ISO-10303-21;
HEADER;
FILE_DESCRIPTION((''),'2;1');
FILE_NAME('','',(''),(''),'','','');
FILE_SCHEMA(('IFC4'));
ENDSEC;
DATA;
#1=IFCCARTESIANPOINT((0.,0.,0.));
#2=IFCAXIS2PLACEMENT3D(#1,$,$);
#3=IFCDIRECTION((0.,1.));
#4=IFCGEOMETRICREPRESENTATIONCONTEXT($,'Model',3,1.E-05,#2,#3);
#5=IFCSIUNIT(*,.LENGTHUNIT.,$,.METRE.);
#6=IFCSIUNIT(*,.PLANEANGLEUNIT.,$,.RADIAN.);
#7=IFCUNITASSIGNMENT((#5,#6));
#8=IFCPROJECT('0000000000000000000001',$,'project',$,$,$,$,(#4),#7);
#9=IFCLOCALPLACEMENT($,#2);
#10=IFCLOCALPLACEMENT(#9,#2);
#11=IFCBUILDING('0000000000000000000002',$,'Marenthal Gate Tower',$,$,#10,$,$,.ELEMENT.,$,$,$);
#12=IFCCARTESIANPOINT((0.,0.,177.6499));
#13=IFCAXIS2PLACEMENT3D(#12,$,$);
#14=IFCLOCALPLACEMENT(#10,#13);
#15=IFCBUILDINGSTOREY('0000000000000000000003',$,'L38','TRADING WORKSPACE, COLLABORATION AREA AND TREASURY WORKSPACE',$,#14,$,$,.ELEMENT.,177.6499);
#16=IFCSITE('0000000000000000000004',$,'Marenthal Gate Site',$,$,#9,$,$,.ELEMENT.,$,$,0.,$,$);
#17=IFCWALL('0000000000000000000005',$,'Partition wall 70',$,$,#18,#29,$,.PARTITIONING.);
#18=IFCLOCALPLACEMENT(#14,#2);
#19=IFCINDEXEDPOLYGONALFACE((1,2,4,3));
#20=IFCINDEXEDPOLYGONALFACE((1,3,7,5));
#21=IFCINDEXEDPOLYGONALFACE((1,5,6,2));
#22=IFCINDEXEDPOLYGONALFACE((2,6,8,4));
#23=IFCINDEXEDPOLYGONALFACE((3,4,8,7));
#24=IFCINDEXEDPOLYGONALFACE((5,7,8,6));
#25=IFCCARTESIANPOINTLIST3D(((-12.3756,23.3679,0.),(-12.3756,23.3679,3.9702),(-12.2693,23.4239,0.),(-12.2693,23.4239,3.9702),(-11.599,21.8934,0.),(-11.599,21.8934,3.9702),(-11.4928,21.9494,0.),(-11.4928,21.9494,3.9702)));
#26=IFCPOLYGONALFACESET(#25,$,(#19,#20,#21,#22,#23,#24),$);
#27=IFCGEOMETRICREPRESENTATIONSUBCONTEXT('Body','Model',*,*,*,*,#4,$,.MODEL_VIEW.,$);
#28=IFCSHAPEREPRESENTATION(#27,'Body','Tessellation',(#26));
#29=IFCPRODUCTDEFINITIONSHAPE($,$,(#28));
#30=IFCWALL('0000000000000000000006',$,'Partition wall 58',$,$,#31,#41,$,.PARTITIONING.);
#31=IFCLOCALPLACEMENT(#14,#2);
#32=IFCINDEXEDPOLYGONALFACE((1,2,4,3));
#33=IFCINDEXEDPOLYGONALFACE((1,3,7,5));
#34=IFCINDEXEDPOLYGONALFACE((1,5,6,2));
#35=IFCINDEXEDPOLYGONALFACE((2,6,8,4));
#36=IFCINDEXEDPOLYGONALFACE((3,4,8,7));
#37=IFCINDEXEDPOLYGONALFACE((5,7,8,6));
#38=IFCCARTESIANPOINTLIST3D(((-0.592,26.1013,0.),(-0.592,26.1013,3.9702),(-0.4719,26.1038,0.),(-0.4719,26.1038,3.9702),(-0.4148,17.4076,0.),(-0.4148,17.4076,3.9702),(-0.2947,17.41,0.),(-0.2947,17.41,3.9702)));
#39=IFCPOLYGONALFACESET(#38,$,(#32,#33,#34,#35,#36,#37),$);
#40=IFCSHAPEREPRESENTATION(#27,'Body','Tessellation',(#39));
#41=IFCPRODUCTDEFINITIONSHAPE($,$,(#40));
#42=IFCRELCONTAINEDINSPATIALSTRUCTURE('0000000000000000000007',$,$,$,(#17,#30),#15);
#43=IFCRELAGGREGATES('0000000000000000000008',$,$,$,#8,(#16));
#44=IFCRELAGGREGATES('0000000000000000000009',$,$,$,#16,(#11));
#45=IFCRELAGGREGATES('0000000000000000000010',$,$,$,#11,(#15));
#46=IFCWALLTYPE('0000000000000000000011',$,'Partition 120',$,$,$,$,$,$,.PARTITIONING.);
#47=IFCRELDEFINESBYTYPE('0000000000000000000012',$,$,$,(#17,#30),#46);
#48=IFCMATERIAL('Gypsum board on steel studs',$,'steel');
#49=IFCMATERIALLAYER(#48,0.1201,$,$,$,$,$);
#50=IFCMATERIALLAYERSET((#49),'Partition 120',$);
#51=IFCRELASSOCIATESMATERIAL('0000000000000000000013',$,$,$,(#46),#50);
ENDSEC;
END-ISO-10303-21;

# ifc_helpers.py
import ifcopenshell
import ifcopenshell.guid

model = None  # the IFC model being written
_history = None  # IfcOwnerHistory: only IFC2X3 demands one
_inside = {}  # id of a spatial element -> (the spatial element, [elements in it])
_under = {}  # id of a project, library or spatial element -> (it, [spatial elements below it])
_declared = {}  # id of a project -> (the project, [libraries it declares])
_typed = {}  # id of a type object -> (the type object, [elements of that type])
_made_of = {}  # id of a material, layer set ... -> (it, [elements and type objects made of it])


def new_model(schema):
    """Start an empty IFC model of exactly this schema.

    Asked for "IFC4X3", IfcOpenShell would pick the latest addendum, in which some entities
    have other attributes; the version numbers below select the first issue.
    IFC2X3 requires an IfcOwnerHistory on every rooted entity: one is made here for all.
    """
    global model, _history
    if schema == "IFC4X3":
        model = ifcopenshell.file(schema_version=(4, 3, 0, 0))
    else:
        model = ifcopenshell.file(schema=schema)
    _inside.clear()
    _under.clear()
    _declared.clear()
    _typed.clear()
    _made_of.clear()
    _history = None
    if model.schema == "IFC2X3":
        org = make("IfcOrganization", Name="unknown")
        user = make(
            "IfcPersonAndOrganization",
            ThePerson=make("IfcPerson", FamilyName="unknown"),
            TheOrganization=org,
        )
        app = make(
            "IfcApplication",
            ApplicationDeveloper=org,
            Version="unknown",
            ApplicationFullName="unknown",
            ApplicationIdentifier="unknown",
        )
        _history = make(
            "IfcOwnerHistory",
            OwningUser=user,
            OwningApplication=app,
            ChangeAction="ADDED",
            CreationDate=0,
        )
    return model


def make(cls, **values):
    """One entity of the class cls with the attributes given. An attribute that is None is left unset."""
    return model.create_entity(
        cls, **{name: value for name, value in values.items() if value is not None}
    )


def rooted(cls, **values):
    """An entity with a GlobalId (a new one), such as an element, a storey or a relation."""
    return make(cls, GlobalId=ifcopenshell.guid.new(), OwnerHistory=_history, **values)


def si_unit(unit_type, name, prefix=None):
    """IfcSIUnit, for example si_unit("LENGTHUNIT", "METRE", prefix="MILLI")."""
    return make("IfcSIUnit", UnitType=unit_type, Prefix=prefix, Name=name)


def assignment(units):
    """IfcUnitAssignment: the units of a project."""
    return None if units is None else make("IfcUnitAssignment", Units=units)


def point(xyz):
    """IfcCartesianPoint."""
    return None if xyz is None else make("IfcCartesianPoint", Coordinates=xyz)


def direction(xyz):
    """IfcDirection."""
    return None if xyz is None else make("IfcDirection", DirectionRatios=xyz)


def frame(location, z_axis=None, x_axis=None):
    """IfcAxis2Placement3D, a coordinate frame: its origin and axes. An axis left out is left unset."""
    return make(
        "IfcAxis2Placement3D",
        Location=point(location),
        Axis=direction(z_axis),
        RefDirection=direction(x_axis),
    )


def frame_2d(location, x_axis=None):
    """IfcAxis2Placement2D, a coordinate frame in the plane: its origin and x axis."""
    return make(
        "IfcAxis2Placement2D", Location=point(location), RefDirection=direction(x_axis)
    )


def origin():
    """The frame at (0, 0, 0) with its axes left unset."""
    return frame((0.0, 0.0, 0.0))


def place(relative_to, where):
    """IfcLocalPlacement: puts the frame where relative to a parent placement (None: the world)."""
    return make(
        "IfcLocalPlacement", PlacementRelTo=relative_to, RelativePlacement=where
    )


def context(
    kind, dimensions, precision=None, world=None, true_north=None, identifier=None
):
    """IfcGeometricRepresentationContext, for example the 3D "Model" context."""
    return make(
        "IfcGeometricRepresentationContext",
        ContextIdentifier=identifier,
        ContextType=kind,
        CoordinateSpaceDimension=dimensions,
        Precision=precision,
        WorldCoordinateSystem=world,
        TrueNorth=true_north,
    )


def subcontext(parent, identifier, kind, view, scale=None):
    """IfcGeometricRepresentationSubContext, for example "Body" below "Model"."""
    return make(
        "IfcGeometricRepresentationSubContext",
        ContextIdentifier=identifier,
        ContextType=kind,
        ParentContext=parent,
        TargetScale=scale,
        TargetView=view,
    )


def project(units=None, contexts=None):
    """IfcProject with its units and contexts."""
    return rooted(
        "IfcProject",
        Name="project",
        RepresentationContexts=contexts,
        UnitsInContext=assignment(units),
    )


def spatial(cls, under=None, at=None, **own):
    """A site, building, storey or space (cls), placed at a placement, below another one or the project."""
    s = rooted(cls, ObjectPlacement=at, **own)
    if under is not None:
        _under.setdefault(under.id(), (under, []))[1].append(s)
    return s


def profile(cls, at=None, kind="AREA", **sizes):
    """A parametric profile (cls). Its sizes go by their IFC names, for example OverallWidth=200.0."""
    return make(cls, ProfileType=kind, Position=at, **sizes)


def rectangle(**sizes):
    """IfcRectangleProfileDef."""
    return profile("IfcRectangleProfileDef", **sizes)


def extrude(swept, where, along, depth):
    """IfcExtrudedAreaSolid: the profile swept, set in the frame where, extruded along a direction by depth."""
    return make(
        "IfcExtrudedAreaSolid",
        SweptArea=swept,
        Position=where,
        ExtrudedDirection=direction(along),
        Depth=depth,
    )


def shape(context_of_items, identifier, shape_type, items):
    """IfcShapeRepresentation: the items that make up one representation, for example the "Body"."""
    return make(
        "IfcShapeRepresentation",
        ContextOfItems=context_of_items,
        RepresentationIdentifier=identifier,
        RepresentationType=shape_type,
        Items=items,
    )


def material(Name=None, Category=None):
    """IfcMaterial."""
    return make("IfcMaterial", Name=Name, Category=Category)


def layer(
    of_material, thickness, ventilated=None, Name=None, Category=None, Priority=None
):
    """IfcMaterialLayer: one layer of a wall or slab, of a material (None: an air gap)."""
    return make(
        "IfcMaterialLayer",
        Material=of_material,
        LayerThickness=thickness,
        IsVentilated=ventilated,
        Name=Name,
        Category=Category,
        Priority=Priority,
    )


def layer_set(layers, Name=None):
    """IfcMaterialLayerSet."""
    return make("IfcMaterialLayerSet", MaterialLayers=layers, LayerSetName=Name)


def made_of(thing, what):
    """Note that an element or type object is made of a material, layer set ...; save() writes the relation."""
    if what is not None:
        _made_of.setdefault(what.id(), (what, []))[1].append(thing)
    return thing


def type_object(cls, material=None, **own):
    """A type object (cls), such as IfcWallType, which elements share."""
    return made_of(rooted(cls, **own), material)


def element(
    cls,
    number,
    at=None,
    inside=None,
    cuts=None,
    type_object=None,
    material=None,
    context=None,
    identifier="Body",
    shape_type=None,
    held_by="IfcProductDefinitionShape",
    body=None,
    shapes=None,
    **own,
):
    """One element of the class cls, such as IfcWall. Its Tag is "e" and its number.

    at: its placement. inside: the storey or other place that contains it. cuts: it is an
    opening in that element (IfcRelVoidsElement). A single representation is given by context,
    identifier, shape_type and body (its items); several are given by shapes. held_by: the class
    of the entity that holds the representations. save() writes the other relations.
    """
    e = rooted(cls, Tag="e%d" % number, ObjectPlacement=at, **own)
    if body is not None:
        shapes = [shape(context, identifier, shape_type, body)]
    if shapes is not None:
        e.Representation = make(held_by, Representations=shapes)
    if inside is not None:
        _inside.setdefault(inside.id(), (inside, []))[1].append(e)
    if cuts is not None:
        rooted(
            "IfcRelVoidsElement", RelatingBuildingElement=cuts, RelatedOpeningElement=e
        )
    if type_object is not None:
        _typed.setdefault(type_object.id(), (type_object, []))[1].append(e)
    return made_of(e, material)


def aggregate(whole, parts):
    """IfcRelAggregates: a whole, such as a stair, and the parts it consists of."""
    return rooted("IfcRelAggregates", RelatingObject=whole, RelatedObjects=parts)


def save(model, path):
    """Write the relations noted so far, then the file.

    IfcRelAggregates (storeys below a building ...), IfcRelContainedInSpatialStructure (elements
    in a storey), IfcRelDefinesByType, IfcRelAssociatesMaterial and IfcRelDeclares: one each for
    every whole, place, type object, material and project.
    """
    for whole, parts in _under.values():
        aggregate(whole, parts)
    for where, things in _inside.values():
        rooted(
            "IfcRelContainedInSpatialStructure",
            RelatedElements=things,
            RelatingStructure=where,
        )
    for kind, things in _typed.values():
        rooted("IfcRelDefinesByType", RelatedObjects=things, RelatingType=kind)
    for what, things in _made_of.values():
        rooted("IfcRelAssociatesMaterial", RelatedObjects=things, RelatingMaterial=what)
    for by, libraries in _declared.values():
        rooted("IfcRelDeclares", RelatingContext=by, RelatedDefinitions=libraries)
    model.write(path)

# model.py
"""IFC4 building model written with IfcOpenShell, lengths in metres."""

from ifc_helpers import new_model, si_unit, direction, frame, frame_2d, origin, place, context, subcontext, project, spatial, rectangle, extrude, material, layer, layer_set, type_object, element, save


model = new_model("IFC4")

# Units and contexts
model_context = context("Model", 3, precision=1e-05, world=origin(), true_north=direction((0.0, 1.0)))
body_context = subcontext(model_context, "Body", "Model", "MODEL_VIEW")
ifc_project = project(units=[si_unit("LENGTHUNIT", "METRE"), si_unit("PLANEANGLEUNIT", "RADIAN")], contexts=[model_context])

# Site, building, storey
site_placement = place(None, origin())
site = spatial("IfcSite", under=ifc_project, at=site_placement, Name="Marenthal Gate Site", CompositionType="ELEMENT", RefElevation=0.0)
building_placement = place(site_placement, origin())
building = spatial("IfcBuilding", under=site, at=building_placement, Name="Marenthal Gate Tower", CompositionType="ELEMENT")
storey_placement = place(building_placement, frame((0.0, 0.0, 177.6499)))
storey = spatial("IfcBuildingStorey", under=building, at=storey_placement, Name="L38", Description="TRADING WORKSPACE, COLLABORATION AREA AND TREASURY WORKSPACE", CompositionType="ELEMENT", Elevation=177.6499)

# Walls
ifc_material_1 = material(Name="Gypsum board on steel studs", Category="steel")
ifc_layer_1 = layer(ifc_material_1, 0.1201)
ifc_layer_set_1 = layer_set([ifc_layer_1], Name="Partition 120")
wall_type = type_object("IfcWallType", Name="Partition 120", PredefinedType="PARTITIONING", material=ifc_layer_set_1)
wall_1_placement = place(storey_placement, frame((-11.5459, 21.9214, 0.0), z_axis=(0.0, 0.0, 1.0), x_axis=(-0.465982, 0.884794, 0.0)))
element("IfcWall", 1, at=wall_1_placement, inside=storey, type_object=wall_type, Name="Partition wall 70", PredefinedType="PARTITIONING", context=body_context, shape_type="SweptSolid", body=[
    extrude(rectangle(XDim=1.6665, YDim=0.1201, at=frame_2d((0.8333, 0.0))), origin(), (0.0, 0.0, 1.0), 3.9702),
])
wall_2_placement = place(storey_placement, frame((-0.3547, 17.4089, 0.0), z_axis=(0.0, 0.0, 1.0), x_axis=(-0.020383, 0.999792, 0.0)))
element("IfcWall", 2, at=wall_2_placement, inside=storey, type_object=wall_type, Name="Partition wall 58", PredefinedType="PARTITIONING", context=body_context, shape_type="SweptSolid", body=[
    extrude(rectangle(XDim=8.6956, YDim=0.1201, at=frame_2d((4.3477, 0.0))), origin(), (0.0, 0.0, 1.0), 3.9702),
])

save(model, "model.ifc")
